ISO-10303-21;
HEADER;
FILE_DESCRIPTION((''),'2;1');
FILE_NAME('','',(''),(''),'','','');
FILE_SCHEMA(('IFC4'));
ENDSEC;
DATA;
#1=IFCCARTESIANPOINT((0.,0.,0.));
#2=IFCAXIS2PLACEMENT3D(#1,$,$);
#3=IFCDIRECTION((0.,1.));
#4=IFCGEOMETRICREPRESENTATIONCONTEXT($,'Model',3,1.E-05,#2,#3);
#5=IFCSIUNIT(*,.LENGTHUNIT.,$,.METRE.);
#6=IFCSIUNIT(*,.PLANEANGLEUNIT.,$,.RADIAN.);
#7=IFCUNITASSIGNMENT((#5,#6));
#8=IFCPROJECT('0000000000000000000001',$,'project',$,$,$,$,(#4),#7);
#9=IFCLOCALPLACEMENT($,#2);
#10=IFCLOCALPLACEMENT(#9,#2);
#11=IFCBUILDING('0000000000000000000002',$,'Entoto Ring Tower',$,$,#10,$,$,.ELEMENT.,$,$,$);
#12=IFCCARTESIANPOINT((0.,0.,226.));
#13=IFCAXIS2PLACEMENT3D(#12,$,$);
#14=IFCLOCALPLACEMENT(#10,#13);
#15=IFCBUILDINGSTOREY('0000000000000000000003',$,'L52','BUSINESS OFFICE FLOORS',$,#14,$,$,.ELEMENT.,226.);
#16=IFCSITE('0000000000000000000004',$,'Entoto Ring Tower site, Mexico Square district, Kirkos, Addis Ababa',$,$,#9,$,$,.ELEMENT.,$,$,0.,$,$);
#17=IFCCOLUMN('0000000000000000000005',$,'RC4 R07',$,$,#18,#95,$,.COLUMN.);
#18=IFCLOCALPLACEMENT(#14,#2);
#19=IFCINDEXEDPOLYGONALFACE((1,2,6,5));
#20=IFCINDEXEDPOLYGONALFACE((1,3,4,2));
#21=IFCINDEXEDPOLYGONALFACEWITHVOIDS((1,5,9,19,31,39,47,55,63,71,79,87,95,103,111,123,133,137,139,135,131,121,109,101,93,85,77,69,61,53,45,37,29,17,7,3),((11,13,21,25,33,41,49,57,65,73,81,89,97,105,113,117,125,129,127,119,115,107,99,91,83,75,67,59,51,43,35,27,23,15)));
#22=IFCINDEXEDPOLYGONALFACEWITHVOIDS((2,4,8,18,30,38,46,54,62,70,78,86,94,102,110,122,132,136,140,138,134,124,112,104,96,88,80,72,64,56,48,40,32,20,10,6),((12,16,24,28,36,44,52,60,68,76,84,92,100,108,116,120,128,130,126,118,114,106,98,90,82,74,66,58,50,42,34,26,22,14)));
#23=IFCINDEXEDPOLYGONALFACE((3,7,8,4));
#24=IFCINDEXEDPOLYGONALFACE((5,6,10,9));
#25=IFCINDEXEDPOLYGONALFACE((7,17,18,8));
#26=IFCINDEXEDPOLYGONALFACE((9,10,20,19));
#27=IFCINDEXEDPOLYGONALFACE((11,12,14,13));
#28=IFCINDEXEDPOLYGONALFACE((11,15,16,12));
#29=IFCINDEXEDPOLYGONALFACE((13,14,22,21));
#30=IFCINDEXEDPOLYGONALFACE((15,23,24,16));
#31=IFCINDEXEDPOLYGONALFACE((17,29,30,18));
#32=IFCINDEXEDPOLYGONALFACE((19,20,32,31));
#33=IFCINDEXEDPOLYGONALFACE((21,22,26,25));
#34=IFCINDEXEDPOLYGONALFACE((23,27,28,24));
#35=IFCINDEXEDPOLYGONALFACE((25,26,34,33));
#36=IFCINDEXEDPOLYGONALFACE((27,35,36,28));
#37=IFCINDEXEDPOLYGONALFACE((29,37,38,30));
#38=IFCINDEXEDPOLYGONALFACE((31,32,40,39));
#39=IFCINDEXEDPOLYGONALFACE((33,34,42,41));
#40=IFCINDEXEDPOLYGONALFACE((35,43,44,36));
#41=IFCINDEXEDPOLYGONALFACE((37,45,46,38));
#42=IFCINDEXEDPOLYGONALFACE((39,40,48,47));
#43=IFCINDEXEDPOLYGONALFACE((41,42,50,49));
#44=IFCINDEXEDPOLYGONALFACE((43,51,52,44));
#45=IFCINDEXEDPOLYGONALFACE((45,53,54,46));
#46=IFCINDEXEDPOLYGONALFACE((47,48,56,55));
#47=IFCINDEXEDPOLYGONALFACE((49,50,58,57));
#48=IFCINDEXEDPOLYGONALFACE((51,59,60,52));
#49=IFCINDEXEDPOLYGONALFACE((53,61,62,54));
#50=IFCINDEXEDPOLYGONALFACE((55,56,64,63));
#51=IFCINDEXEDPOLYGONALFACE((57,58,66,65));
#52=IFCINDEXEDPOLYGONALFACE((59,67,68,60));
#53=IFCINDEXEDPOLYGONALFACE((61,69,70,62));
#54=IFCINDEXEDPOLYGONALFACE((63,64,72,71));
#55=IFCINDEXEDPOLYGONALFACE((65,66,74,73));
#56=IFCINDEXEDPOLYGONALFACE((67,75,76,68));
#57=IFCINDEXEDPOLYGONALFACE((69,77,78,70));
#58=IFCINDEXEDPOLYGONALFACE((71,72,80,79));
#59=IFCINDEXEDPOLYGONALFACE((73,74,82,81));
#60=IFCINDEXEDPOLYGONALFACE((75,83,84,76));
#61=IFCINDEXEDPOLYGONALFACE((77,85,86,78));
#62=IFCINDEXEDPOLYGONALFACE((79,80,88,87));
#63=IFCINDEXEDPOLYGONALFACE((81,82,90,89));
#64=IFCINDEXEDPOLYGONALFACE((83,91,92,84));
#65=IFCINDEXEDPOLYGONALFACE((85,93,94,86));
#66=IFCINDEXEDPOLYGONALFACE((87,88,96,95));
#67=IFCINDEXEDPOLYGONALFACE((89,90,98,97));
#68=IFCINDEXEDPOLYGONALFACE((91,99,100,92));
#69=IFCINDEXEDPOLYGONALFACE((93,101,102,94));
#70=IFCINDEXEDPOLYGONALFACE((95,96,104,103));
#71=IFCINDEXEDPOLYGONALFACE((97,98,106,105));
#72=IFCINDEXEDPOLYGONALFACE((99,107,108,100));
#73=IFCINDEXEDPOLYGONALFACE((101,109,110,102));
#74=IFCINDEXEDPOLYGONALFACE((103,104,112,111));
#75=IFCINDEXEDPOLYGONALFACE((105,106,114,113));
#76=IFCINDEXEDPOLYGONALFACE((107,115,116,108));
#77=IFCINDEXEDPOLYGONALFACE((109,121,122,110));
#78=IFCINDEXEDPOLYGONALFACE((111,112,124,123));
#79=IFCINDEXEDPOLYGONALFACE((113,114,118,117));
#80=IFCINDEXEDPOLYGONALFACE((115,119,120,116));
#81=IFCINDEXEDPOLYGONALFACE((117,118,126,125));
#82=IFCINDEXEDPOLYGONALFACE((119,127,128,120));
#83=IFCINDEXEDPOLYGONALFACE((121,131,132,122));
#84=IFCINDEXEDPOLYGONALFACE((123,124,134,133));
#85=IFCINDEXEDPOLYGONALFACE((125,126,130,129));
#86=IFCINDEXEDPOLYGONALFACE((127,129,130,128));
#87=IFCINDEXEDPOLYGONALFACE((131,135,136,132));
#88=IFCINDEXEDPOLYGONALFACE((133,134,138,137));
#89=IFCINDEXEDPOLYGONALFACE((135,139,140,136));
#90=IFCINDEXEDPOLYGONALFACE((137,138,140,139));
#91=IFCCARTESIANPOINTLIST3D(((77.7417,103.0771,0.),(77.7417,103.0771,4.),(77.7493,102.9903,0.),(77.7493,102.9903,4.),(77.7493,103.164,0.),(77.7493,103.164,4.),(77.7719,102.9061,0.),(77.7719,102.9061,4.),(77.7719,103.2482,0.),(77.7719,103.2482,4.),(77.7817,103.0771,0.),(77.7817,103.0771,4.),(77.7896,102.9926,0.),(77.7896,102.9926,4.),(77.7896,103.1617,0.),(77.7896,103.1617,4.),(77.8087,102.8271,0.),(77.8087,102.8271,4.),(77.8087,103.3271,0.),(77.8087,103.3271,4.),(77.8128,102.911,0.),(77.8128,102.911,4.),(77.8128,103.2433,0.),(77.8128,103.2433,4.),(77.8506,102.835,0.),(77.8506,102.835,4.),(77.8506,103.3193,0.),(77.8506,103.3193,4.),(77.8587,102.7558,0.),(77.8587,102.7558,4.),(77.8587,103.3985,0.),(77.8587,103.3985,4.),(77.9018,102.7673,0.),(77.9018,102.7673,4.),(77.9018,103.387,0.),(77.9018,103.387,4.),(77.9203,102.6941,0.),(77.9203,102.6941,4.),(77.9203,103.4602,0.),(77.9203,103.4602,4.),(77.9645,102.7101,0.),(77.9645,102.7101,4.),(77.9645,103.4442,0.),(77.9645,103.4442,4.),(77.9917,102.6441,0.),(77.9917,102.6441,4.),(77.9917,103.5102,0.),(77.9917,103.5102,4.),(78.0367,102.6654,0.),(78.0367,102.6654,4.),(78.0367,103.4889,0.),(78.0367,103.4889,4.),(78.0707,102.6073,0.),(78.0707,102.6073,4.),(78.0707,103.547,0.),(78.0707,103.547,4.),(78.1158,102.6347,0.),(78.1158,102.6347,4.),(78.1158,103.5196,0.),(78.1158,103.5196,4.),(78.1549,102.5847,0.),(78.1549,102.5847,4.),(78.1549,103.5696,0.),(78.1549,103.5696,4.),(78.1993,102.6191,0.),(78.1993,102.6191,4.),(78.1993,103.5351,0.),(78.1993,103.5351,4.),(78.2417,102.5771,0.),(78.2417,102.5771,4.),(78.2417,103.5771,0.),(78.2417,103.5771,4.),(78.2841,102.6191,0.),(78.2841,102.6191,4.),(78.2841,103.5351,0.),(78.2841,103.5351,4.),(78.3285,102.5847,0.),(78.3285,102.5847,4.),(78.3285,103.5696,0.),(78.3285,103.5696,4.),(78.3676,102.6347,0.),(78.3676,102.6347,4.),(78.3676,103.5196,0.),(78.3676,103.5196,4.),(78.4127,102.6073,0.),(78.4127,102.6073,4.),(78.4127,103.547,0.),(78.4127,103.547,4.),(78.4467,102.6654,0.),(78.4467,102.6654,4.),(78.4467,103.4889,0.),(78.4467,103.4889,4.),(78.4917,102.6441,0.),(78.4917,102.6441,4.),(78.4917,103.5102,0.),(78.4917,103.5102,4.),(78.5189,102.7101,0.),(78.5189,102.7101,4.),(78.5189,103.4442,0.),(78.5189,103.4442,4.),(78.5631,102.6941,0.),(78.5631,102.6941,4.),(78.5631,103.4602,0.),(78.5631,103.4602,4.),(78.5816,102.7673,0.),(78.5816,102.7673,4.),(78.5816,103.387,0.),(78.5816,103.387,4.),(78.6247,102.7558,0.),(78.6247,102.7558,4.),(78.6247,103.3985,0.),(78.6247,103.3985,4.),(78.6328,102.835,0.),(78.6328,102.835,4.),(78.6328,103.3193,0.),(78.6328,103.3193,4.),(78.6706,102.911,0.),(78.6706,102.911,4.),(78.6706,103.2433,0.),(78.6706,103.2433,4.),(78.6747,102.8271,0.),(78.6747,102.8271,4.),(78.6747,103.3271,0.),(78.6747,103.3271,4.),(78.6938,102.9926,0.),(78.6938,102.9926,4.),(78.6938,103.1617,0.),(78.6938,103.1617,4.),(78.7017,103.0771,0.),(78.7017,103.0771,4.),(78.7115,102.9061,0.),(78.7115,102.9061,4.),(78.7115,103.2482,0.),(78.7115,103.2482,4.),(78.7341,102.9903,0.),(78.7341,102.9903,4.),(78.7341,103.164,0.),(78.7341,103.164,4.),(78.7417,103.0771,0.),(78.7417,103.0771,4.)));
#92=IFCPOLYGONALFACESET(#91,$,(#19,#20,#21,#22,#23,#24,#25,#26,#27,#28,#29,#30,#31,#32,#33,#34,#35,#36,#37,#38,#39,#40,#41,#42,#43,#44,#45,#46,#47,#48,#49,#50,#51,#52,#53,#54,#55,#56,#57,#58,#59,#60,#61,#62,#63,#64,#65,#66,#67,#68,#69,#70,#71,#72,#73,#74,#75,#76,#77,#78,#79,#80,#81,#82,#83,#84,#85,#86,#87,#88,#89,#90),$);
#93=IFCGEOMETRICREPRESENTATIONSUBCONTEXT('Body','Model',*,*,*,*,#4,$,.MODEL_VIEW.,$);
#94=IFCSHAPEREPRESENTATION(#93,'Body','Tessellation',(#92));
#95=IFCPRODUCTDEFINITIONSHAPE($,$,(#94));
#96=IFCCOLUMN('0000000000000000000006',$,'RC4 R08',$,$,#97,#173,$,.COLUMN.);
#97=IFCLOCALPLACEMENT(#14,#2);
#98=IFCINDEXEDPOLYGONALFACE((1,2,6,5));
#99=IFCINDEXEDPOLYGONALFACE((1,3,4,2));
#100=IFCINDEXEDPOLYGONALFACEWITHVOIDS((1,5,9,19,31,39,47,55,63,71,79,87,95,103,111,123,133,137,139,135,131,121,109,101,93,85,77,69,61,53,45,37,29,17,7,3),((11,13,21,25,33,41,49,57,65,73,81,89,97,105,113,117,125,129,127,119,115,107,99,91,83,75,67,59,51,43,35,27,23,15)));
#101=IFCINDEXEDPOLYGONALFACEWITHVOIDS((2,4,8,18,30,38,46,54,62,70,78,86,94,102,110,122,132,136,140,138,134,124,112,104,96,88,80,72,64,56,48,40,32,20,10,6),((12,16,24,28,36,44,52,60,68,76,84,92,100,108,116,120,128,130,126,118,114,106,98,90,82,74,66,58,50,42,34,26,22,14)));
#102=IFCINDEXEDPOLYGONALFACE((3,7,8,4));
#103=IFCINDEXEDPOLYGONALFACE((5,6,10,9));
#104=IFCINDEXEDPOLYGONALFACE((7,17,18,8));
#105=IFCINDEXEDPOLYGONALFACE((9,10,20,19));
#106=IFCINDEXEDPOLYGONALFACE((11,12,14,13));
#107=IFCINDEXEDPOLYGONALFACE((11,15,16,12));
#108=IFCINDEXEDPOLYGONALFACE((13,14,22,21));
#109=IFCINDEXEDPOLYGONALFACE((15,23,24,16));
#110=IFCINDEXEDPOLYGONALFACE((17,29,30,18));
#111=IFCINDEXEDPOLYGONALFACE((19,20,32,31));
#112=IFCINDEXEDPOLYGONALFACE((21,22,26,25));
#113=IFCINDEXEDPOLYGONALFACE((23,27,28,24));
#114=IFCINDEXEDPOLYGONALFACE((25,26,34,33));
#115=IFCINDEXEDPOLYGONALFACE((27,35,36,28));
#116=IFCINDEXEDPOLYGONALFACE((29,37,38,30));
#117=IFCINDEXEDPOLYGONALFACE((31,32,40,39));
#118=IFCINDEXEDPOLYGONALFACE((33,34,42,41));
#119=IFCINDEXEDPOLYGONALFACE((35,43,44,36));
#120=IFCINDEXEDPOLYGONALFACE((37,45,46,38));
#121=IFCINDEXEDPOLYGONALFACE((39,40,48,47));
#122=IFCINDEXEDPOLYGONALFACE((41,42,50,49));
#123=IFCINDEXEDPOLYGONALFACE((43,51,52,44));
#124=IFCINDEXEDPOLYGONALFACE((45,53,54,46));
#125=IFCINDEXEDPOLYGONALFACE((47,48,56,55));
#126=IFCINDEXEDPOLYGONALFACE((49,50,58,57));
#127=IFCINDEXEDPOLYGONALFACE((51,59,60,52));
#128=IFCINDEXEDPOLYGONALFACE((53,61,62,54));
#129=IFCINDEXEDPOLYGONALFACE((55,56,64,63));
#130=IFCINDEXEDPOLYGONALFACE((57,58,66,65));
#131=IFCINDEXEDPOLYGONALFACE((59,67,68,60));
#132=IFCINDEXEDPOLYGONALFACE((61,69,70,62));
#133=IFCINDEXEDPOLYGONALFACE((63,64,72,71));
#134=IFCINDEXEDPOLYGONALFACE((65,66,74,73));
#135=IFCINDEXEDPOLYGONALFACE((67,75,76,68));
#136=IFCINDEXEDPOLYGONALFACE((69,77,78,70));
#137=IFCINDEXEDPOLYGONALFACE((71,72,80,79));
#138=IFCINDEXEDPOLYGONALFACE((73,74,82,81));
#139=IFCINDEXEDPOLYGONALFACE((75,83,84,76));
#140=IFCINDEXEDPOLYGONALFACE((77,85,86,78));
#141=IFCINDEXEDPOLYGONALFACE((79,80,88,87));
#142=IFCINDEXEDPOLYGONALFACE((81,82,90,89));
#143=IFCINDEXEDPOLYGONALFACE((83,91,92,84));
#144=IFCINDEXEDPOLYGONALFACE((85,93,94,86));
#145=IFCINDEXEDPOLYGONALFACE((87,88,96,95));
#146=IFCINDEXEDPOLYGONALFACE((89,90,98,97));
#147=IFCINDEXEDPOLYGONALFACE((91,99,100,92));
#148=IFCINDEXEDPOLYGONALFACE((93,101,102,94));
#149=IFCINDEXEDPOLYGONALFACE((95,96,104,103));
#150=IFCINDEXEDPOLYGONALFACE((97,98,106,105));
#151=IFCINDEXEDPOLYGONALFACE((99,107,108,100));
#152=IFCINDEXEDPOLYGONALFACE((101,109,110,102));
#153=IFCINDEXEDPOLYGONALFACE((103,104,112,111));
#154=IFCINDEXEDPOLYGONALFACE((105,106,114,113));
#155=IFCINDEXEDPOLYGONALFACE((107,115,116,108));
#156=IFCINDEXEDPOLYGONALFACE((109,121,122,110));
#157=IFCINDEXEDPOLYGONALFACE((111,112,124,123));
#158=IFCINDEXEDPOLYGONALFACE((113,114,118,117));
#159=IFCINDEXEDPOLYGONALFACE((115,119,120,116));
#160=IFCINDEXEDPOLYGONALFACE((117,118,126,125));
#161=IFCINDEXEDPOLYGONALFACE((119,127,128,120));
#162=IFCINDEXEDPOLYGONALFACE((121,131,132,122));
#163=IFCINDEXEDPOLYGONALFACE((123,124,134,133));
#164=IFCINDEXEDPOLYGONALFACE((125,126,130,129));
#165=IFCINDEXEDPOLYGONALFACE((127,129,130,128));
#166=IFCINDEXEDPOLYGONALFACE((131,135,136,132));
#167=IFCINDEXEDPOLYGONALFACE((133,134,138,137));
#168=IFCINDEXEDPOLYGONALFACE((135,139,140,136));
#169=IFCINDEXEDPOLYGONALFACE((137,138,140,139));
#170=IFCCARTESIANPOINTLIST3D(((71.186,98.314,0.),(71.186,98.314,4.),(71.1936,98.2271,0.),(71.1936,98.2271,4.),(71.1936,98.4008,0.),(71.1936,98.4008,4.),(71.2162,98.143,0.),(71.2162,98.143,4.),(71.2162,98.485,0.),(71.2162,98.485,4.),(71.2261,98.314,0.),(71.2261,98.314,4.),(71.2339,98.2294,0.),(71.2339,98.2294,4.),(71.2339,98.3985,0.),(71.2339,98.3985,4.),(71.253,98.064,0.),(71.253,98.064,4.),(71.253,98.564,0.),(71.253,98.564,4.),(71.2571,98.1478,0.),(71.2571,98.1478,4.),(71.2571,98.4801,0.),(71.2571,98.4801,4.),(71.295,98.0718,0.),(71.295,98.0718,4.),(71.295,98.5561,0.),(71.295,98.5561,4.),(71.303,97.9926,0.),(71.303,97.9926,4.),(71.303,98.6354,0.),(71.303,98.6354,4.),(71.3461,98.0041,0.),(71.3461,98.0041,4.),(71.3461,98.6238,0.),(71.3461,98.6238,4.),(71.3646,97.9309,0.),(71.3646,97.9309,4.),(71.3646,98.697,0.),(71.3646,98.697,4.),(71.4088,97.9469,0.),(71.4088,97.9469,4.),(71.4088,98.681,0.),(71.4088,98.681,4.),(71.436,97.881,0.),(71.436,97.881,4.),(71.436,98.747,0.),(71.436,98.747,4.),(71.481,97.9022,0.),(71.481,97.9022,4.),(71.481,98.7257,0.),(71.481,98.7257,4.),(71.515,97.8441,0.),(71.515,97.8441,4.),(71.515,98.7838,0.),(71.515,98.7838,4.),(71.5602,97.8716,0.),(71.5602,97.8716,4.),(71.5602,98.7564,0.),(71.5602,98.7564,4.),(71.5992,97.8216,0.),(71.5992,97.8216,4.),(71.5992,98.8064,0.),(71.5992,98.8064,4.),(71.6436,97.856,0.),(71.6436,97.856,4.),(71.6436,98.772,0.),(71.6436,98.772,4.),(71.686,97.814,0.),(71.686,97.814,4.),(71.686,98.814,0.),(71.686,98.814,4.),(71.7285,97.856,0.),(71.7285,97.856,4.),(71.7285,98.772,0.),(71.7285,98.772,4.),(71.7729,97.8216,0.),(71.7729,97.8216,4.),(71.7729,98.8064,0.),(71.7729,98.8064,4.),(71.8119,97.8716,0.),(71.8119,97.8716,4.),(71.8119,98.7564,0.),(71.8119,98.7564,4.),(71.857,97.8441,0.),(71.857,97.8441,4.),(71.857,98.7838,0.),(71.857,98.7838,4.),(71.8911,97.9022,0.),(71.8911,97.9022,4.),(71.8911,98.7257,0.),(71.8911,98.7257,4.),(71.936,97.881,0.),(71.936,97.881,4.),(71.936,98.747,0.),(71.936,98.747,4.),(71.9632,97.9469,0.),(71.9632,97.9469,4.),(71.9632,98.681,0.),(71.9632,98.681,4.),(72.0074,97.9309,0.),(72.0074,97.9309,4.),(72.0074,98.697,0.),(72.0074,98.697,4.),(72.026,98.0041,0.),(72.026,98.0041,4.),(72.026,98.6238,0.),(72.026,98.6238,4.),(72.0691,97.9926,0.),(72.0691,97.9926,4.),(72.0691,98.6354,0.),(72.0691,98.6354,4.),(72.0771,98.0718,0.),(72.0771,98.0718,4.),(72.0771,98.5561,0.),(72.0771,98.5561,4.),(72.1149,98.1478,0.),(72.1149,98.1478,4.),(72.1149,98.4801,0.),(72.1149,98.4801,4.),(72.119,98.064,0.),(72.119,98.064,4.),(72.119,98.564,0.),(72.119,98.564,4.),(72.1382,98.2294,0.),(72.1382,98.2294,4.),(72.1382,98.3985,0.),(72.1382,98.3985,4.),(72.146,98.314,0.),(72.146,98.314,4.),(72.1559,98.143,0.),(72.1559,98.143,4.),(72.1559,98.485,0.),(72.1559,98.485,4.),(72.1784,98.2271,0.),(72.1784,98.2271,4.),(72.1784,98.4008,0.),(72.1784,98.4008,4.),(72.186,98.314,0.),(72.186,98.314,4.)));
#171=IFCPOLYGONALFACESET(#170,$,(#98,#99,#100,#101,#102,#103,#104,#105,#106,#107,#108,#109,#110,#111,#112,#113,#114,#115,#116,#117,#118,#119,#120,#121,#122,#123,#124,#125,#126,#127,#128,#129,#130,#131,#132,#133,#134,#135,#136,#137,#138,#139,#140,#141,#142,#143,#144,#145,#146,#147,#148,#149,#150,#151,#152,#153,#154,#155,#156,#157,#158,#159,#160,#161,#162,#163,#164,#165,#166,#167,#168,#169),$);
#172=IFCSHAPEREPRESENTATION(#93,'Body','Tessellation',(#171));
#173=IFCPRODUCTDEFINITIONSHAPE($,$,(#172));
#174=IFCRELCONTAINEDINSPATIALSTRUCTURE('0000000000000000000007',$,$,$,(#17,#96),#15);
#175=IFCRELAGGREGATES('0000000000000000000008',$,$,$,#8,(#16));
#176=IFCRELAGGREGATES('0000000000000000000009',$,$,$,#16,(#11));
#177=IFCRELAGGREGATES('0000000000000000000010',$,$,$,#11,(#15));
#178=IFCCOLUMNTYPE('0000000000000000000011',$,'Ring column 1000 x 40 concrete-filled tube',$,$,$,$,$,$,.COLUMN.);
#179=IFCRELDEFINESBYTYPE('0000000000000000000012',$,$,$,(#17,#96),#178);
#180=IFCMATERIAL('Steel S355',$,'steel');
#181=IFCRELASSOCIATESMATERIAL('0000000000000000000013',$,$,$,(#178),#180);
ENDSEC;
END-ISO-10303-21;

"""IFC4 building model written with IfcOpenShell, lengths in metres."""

from ifc_helpers import new_model, si_unit, direction, frame, origin, origin_2d, place, context, subcontext, project, spatial, circle, hollow_circle, extrude, material, material_profile, profile_set, type_object, element, save


model = new_model("IFC4")

# Units and contexts
model_context = context("Model", 3, precision=1e-05, world=origin(), true_north=direction((0.0, 1.0)))
body_context = subcontext(model_context, "Body", "Model", "MODEL_VIEW")
ifc_project = project(units=[si_unit("LENGTHUNIT", "METRE"), si_unit("PLANEANGLEUNIT", "RADIAN")], contexts=[model_context])

# Site, building, storey
site_placement = place(None, origin())
site = spatial("IfcSite", under=ifc_project, at=site_placement, Name="Entoto Ring Tower site, Mexico Square district, Kirkos, Addis Ababa", CompositionType="ELEMENT", RefElevation=0.0)
building_placement = place(site_placement, origin())
building = spatial("IfcBuilding", under=site, at=building_placement, Name="Entoto Ring Tower", CompositionType="ELEMENT")
storey_placement = place(building_placement, frame((0.0, 0.0, 226.0)))
storey = spatial("IfcBuildingStorey", under=building, at=storey_placement, Name="L52", Description="BUSINESS OFFICE FLOORS", CompositionType="ELEMENT", Elevation=226.0)

# Columns
ifc_material_1 = material(Name="Steel S355", Category="steel")
ifc_material_profile_1 = material_profile(ifc_material_1, hollow_circle(Radius=0.5, WallThickness=0.04, at=origin_2d()), Name="CHS 1000 x 40")
ifc_material_2 = material(Name="Concrete C60/75", Category="concrete")
ifc_material_profile_2 = material_profile(ifc_material_2, circle(Radius=0.46, at=origin_2d()), Name="Concrete C60/75 infill")
ifc_profile_set_1 = profile_set([ifc_material_profile_1, ifc_material_profile_2], Name="Steel S355")
column_type = type_object("IfcColumnType", Name="Ring column 1000 x 40 concrete-filled tube", PredefinedType="COLUMN", material=ifc_profile_set_1)
for number, where, z_axis, x_axis, name in (
    (1, (78.2417, 103.0771, 0.0), (0.0, 0.0, 1.0), (1.0, 0.0, 0.0), "RC4 R07"),
    (2, (71.686, 98.314, 0.0), (0.0, 0.0, 1.0), (1.0, 0.0, 0.0), "RC4 R08"),
):
    element("IfcColumn", number, at=place(storey_placement, frame(where, z_axis=z_axis, x_axis=x_axis)), inside=storey, type_object=column_type, Name=name, PredefinedType="COLUMN", context=body_context, shape_type="SweptSolid", body=[
        extrude(hollow_circle(Radius=0.5, WallThickness=0.04, at=origin_2d()), origin(), (0.0, 0.0, 1.0), 4.0),
    ])

save(model, "model.ifc")
